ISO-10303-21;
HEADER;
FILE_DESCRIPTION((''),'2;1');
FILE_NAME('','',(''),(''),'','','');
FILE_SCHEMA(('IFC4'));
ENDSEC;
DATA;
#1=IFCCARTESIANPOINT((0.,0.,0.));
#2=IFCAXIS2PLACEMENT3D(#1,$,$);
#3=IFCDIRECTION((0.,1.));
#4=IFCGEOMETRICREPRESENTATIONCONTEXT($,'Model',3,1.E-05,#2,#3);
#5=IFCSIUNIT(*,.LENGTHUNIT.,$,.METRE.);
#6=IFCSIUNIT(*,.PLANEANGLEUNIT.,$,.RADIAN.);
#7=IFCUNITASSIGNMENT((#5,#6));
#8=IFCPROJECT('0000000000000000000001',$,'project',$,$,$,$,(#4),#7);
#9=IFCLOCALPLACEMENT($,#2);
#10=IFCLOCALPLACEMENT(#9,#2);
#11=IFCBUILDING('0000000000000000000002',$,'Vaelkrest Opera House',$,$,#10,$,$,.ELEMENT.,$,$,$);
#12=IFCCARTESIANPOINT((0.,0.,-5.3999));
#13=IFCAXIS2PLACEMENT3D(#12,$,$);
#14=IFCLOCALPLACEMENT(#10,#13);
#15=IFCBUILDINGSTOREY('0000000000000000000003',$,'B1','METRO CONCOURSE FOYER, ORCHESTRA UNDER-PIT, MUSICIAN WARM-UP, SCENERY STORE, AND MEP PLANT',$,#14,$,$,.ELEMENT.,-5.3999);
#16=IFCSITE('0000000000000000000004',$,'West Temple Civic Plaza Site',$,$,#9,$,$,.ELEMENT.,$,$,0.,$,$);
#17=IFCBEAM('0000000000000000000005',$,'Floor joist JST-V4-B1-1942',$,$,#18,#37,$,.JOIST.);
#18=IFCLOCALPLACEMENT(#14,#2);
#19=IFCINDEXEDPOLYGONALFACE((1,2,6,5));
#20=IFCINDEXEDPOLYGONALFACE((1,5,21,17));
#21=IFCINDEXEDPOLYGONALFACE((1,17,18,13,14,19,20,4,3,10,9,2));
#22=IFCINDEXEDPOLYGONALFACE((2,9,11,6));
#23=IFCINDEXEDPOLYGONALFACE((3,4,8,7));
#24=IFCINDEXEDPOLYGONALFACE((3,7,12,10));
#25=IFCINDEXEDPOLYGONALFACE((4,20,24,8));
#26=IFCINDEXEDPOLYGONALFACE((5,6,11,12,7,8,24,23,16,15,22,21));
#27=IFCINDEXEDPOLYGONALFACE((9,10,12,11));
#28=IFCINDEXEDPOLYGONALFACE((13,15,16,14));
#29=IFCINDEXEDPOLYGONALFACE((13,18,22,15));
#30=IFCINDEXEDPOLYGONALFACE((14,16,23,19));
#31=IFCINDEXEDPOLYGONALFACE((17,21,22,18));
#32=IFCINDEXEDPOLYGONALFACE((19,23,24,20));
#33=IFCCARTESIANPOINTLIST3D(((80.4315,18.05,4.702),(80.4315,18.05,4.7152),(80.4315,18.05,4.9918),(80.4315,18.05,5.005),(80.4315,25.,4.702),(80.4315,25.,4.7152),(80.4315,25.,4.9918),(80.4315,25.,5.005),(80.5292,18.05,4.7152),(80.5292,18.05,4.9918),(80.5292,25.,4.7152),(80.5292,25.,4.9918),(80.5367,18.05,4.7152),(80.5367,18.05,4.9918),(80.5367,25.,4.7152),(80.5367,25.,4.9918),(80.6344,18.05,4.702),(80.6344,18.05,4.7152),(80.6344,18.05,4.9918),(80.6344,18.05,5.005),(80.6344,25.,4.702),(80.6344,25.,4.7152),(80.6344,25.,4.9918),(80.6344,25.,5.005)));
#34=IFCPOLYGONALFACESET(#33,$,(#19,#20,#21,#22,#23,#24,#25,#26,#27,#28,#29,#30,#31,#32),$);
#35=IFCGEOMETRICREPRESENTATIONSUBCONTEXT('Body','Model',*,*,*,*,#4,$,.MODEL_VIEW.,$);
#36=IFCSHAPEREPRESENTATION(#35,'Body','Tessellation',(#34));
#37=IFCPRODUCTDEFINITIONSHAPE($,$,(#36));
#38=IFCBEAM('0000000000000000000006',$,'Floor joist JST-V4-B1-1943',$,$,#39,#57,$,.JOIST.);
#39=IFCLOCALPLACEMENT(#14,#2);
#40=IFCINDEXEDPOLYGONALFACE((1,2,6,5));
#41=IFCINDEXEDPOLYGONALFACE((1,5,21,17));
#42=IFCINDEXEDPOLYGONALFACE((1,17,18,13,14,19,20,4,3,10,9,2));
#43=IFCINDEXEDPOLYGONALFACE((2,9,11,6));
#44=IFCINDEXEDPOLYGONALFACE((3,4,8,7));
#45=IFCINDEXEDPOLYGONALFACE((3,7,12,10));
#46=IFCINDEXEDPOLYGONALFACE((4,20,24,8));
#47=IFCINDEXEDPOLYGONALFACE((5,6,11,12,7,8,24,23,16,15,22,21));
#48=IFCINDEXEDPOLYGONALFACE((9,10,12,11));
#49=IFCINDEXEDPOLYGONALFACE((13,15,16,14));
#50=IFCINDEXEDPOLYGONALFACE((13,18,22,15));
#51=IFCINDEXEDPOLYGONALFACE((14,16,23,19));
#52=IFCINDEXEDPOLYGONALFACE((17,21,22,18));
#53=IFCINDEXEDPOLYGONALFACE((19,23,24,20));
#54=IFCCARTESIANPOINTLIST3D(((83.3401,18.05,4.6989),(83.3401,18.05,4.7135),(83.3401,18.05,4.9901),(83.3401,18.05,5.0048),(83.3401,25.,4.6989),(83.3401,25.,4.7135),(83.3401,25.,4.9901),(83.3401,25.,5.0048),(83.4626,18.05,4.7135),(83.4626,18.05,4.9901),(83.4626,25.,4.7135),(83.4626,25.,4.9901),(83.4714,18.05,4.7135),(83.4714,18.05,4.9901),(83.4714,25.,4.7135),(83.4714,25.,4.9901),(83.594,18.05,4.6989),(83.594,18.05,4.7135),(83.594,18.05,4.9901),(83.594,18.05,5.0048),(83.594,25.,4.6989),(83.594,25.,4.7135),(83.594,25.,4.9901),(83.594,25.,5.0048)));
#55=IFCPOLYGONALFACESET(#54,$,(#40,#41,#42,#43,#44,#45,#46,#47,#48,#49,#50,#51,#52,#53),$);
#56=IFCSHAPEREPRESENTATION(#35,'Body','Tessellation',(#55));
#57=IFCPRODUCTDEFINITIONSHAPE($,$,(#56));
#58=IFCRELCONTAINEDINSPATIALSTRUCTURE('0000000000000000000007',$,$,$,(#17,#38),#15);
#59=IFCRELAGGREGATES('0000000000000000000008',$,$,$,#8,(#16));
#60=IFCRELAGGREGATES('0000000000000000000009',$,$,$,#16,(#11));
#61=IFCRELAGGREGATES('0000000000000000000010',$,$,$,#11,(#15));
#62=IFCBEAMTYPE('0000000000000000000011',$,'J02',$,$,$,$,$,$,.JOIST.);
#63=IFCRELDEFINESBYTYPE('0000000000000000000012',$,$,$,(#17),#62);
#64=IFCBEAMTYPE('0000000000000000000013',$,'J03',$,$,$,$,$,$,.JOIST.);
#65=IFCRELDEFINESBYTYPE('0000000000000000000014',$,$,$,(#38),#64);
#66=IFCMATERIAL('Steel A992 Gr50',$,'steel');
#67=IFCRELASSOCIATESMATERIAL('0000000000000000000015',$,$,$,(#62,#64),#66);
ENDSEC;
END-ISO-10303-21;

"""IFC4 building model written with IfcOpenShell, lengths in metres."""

from ifc_helpers import new_model, si_unit, direction, frame, origin, origin_2d, place, context, subcontext, project, spatial, i_section, extrude, material, material_profile, profile_set, type_object, element, save


model = new_model("IFC4")

# Units and contexts
model_context = context("Model", 3, precision=1e-05, world=origin(), true_north=direction((0.0, 1.0)))
body_context = subcontext(model_context, "Body", "Model", "MODEL_VIEW")
ifc_project = project(units=[si_unit("LENGTHUNIT", "METRE"), si_unit("PLANEANGLEUNIT", "RADIAN")], contexts=[model_context])

# Site, building, storey
site_placement = place(None, origin())
site = spatial("IfcSite", under=ifc_project, at=site_placement, Name="West Temple Civic Plaza Site", CompositionType="ELEMENT", RefElevation=0.0)
building_placement = place(site_placement, origin())
building = spatial("IfcBuilding", under=site, at=building_placement, Name="Vaelkrest Opera House", CompositionType="ELEMENT")
storey_placement = place(building_placement, frame((0.0, 0.0, -5.3999)))
storey = spatial("IfcBuildingStorey", under=building, at=storey_placement, Name="B1", Description="METRO CONCOURSE FOYER, ORCHESTRA UNDER-PIT, MUSICIAN WARM-UP, SCENERY STORE, AND MEP PLANT", CompositionType="ELEMENT", Elevation=-5.3999)

# Beams
ifc_material_1 = material(Name="Steel A992 Gr50", Category="steel")
ifc_material_profile_1 = material_profile(ifc_material_1, i_section(OverallWidth=0.2029, OverallDepth=0.303, WebThickness=0.0076, FlangeThickness=0.0132, at=origin_2d()), Name="W12X40")
ifc_profile_set_1 = profile_set([ifc_material_profile_1], Name="Steel A992 Gr50")
beam_type_1 = type_object("IfcBeamType", Name="J02", PredefinedType="JOIST", material=ifc_profile_set_1)
beam_1_placement = place(storey_placement, frame((80.533, 18.05, 4.8535), z_axis=(0.0, 1.0, 0.0), x_axis=(-1.0, 0.0, 0.0)))
element("IfcBeam", 1, at=beam_1_placement, inside=storey, type_object=beam_type_1, Name="Floor joist JST-V4-B1-1942", PredefinedType="JOIST", context=body_context, shape_type="SweptSolid", body=[
    extrude(i_section(OverallWidth=0.2029, OverallDepth=0.303, WebThickness=0.0076, FlangeThickness=0.0132, at=origin_2d()), origin(), (0.0, 0.0, 1.0), 6.95),
])
ifc_material_profile_2 = material_profile(ifc_material_1, i_section(OverallWidth=0.2539, OverallDepth=0.3059, WebThickness=0.0088, FlangeThickness=0.0146, at=origin_2d()), Name="W12X53")
ifc_profile_set_2 = profile_set([ifc_material_profile_2], Name="Steel A992 Gr50")
beam_type_2 = type_object("IfcBeamType", Name="J03", PredefinedType="JOIST", material=ifc_profile_set_2)
beam_2_placement = place(storey_placement, frame((83.467, 18.05, 4.8518), z_axis=(0.0, 1.0, 0.0), x_axis=(-1.0, 0.0, 0.0)))
element("IfcBeam", 2, at=beam_2_placement, inside=storey, type_object=beam_type_2, Name="Floor joist JST-V4-B1-1943", PredefinedType="JOIST", context=body_context, shape_type="SweptSolid", body=[
    extrude(i_section(OverallWidth=0.2539, OverallDepth=0.3059, WebThickness=0.0088, FlangeThickness=0.0146, at=origin_2d()), origin(), (0.0, 0.0, 1.0), 6.95),
])

save(model, "model.ifc")
